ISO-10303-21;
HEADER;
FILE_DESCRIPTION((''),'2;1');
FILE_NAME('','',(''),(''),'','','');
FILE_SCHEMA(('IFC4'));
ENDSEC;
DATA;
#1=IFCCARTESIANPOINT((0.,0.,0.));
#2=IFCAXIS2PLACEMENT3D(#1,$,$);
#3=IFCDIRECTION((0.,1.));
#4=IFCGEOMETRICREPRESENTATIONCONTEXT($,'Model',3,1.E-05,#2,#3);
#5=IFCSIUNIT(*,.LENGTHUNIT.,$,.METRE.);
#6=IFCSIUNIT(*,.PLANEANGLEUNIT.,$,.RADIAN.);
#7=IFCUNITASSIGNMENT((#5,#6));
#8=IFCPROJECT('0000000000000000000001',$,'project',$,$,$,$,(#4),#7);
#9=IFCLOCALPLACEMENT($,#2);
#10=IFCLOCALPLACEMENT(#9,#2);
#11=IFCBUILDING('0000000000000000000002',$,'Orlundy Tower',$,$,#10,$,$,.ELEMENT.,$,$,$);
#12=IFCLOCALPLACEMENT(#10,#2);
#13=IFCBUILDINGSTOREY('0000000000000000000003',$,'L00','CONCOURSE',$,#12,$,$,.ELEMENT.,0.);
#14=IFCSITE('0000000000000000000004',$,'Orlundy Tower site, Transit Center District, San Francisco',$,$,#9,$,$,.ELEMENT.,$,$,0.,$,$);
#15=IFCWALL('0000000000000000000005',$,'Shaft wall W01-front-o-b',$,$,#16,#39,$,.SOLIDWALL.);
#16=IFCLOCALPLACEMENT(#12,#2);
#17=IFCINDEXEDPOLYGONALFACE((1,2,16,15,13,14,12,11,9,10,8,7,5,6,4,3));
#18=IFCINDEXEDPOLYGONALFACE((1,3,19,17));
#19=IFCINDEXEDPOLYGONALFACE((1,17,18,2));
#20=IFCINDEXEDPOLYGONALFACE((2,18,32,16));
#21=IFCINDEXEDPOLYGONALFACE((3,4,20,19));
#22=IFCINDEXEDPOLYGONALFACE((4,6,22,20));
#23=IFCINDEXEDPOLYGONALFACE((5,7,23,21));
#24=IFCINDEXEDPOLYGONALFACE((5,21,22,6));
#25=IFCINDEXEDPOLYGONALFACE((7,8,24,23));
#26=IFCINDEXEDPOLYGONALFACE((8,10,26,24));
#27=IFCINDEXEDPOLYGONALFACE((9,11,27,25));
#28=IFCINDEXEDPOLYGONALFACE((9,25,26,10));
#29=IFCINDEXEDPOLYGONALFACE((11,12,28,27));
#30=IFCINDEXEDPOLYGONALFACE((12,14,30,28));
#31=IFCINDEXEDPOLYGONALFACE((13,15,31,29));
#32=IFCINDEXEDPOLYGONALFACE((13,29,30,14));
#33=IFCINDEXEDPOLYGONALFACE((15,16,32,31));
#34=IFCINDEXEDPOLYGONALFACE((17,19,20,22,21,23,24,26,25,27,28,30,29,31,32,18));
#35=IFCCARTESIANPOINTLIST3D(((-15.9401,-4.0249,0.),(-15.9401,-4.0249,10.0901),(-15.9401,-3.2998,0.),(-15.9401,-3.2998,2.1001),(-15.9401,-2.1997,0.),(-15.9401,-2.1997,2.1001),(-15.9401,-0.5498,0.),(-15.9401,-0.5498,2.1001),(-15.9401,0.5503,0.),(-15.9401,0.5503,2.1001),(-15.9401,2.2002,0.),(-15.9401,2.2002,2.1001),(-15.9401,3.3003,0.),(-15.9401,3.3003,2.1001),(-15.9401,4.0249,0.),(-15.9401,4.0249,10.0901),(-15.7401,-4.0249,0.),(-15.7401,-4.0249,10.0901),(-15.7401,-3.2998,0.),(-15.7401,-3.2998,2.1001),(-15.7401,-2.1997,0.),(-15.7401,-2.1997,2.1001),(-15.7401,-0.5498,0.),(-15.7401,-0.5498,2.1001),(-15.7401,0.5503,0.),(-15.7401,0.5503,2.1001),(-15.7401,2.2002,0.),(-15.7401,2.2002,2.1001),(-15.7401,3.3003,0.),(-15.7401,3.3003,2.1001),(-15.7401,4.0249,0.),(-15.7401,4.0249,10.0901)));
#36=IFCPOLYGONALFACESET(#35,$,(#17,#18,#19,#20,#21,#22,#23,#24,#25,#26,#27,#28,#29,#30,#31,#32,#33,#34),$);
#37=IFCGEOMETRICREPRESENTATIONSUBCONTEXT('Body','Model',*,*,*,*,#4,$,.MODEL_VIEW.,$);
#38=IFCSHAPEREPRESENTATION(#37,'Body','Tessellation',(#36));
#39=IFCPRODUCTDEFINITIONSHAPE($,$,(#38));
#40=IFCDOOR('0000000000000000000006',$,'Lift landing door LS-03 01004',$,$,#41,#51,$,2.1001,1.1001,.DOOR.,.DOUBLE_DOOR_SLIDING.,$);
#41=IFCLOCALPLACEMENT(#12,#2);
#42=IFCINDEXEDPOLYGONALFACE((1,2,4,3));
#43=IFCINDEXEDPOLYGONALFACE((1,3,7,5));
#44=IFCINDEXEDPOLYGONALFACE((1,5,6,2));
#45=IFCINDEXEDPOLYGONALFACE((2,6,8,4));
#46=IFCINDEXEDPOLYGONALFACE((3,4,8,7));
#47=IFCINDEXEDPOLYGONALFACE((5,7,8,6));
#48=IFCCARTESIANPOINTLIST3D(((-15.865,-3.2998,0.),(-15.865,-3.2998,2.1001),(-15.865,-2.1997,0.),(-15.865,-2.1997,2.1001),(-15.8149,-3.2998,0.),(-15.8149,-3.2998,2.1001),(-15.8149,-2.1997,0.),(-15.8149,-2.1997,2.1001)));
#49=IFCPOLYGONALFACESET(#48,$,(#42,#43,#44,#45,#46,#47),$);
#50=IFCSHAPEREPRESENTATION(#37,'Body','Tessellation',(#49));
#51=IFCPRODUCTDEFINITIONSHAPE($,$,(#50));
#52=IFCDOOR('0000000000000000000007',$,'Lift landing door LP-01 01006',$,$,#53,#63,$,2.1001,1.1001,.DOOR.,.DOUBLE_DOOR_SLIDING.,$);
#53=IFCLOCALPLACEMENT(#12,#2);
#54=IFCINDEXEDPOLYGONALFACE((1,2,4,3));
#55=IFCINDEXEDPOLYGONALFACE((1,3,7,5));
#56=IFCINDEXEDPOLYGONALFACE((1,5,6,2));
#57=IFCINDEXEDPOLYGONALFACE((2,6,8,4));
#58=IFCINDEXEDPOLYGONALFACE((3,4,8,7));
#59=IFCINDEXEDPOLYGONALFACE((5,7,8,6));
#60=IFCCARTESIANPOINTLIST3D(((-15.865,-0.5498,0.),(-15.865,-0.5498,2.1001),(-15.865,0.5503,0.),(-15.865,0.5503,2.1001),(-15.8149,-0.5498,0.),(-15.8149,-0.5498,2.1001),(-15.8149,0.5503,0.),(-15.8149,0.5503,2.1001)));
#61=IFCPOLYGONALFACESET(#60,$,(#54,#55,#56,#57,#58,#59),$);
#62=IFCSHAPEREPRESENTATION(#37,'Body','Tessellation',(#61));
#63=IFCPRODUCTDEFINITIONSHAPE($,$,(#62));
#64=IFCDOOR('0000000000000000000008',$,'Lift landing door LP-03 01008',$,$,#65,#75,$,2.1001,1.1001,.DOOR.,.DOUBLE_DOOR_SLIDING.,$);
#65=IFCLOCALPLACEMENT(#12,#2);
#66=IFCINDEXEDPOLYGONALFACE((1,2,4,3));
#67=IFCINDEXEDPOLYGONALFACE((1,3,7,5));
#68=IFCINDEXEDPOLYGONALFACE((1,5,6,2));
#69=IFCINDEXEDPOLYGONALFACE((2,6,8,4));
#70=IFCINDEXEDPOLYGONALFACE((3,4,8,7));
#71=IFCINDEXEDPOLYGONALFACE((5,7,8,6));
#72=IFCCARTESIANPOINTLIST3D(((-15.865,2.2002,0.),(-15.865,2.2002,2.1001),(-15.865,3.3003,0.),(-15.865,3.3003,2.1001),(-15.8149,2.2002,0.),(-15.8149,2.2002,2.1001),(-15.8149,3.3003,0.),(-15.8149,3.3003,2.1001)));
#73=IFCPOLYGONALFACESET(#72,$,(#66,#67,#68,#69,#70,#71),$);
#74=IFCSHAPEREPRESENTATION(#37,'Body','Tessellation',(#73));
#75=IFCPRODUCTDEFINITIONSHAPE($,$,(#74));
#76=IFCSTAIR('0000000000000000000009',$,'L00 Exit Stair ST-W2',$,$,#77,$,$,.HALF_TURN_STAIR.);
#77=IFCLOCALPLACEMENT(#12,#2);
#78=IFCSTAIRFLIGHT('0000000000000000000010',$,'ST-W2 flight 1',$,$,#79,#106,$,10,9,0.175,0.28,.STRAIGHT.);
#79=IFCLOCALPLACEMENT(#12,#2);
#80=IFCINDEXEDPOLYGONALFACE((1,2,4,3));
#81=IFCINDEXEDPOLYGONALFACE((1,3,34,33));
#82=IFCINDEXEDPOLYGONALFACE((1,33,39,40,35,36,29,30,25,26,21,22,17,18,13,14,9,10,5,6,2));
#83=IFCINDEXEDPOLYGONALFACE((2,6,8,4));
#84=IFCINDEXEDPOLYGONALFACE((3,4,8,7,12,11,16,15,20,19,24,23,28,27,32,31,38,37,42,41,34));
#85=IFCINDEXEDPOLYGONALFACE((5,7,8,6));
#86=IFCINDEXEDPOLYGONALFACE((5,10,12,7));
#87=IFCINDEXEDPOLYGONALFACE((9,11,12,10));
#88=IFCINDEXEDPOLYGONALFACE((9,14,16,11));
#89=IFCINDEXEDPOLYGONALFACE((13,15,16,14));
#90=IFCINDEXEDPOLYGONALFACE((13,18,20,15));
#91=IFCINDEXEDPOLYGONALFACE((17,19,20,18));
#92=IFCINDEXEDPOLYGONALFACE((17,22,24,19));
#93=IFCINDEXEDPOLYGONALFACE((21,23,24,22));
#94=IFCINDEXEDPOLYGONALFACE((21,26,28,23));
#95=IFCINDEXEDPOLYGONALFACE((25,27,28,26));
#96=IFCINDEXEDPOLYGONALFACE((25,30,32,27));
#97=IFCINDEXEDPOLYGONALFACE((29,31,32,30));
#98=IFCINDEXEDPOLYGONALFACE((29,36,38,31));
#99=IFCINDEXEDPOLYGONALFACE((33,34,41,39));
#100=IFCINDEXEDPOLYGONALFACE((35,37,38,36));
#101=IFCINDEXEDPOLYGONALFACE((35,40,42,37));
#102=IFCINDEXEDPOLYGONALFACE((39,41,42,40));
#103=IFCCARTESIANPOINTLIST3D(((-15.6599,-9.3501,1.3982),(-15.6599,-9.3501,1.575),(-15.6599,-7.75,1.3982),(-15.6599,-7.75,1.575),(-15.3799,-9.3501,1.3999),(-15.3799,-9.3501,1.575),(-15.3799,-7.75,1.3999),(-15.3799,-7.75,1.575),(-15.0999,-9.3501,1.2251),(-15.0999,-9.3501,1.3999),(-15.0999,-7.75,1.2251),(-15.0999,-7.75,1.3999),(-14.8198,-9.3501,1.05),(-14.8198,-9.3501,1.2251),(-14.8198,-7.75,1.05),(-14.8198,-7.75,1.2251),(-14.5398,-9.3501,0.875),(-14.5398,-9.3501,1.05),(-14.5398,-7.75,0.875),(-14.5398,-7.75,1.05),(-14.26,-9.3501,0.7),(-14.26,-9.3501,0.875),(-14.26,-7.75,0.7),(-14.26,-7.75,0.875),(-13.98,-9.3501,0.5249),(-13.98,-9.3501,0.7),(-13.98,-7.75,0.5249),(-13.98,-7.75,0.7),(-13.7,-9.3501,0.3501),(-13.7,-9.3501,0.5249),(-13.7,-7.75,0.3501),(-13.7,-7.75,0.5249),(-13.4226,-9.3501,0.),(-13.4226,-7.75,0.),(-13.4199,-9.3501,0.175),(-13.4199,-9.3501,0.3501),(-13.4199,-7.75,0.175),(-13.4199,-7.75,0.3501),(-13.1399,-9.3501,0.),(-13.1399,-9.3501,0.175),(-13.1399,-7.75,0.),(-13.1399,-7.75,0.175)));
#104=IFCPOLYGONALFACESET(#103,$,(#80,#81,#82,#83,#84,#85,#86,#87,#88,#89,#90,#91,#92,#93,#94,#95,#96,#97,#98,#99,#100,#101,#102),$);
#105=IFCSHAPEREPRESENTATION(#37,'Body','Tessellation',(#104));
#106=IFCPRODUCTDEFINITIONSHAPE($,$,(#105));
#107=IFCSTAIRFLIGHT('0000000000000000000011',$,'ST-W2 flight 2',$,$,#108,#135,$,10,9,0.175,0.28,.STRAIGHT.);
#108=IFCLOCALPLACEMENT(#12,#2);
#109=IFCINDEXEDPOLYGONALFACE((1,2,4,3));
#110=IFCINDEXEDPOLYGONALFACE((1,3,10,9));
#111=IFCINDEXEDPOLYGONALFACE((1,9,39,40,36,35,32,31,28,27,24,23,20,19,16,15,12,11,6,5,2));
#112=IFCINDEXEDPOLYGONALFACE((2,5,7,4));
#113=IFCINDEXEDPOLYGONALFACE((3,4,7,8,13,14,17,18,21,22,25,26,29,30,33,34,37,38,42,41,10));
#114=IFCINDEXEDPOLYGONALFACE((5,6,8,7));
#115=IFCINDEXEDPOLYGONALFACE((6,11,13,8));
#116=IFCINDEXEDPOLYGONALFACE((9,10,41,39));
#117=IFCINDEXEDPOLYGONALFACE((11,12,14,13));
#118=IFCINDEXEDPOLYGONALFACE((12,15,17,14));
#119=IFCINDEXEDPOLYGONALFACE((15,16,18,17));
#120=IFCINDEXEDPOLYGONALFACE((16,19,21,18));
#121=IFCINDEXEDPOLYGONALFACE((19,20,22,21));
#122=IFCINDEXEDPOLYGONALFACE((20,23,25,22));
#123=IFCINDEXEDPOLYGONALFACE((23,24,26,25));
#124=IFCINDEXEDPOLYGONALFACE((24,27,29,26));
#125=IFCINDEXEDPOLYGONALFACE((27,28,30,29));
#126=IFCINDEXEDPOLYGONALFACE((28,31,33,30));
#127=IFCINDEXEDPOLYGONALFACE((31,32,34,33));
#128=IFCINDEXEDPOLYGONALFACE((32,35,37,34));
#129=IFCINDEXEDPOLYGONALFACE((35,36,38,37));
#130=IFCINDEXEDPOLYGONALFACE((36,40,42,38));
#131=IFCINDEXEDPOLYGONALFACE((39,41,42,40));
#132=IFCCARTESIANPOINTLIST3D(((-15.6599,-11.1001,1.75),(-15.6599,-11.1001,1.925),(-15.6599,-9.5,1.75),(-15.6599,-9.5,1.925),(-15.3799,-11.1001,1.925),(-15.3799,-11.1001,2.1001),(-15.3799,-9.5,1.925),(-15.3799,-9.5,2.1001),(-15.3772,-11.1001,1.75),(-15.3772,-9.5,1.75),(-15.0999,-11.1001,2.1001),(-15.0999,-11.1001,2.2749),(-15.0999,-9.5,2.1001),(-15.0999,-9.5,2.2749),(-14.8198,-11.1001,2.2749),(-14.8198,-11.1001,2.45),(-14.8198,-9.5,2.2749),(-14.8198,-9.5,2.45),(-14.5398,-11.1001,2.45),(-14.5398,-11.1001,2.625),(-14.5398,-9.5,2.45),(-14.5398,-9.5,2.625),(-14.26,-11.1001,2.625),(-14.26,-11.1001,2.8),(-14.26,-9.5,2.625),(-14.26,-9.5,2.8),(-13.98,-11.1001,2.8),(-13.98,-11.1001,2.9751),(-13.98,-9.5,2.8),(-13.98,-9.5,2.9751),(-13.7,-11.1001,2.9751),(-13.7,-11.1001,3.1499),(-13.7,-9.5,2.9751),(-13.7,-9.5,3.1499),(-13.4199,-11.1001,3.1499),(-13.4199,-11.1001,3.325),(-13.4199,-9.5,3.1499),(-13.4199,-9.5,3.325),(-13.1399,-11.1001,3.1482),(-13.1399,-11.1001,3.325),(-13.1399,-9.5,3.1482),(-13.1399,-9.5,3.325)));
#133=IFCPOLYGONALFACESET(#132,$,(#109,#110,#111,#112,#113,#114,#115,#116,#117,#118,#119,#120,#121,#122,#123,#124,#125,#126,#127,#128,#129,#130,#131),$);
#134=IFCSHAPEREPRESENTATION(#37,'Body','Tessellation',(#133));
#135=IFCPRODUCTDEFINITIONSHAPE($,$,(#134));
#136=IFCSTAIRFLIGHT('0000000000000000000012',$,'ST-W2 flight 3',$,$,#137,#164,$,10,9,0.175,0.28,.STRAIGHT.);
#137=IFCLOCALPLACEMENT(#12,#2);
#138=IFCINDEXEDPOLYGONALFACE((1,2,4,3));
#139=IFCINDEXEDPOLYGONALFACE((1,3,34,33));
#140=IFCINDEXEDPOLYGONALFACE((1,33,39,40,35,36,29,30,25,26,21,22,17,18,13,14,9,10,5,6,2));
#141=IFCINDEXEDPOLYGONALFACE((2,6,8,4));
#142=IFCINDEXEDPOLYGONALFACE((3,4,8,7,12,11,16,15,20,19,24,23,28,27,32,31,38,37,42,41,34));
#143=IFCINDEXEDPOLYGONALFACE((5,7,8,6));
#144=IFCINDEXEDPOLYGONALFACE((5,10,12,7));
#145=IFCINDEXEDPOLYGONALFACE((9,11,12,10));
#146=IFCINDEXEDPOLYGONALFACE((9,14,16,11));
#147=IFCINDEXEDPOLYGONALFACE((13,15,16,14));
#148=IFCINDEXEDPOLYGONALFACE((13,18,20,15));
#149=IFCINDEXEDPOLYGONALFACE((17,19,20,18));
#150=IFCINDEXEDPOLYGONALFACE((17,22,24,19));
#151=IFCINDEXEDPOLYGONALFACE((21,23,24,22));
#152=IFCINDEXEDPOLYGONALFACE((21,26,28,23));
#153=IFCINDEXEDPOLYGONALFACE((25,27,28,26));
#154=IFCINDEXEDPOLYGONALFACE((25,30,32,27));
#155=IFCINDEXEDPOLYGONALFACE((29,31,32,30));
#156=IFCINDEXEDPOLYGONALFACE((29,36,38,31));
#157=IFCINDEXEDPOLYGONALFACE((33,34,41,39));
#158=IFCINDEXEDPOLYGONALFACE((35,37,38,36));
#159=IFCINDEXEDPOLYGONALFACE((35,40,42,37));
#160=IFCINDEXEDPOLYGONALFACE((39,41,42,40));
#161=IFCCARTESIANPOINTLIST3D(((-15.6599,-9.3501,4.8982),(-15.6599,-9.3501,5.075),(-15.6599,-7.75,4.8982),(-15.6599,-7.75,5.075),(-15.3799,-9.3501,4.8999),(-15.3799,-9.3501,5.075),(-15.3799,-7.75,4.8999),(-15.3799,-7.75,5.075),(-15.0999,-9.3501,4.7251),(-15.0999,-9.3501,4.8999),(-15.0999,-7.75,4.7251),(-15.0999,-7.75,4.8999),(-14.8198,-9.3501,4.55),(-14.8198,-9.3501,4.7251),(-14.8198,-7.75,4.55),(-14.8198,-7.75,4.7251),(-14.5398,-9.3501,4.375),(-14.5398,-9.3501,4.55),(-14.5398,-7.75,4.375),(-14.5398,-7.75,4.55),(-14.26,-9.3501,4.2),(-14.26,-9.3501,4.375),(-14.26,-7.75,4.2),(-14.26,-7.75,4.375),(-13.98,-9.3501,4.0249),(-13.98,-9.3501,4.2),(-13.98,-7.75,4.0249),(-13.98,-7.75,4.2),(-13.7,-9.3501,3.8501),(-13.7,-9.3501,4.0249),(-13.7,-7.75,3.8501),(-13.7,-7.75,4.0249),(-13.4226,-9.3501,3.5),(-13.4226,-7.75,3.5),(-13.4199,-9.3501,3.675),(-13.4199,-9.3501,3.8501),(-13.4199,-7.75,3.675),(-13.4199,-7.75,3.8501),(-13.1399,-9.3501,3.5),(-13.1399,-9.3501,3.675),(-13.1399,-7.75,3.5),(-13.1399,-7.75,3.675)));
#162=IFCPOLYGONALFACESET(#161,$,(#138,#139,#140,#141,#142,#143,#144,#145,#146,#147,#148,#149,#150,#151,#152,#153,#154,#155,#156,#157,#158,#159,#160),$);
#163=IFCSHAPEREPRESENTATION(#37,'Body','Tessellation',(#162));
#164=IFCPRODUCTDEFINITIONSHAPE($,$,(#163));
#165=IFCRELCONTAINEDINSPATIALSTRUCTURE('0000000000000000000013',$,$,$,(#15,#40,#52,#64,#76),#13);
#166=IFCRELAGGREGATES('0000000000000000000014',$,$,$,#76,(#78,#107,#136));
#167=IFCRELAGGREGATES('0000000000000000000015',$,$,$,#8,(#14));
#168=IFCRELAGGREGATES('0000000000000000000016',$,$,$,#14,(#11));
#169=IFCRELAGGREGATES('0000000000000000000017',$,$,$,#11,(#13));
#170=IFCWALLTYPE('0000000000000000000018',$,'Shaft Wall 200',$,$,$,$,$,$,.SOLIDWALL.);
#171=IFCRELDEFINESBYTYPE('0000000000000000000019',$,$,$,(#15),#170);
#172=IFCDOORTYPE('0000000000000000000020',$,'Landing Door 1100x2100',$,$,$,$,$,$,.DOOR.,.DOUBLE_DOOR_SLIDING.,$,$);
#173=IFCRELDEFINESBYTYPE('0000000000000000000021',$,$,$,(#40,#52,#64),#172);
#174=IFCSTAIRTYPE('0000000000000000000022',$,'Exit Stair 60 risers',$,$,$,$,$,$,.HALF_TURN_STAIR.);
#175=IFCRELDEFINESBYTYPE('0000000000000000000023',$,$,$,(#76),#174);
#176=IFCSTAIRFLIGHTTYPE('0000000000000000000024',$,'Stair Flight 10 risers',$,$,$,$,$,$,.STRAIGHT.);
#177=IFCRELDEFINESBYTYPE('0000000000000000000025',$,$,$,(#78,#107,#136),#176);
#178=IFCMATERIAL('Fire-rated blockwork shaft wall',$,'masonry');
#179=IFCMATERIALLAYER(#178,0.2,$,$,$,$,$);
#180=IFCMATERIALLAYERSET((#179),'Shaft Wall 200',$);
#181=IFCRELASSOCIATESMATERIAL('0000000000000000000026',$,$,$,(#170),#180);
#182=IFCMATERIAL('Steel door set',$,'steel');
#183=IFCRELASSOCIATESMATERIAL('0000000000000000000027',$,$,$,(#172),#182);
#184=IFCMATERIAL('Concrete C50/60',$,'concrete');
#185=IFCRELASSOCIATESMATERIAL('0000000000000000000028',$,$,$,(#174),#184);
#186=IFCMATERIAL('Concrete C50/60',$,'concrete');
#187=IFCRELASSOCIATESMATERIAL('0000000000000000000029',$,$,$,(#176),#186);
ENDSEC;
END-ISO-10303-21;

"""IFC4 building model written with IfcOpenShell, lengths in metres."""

from ifc_helpers import new_model, si_unit, direction, frame, frame_2d, origin, place, context, subcontext, project, spatial, polyline, rectangle, outline, extrude, material, layer, layer_set, type_object, element, fill, aggregate, save


model = new_model("IFC4")

# Units and contexts
model_context = context("Model", 3, precision=1e-05, world=origin(), true_north=direction((0.0, 1.0)))
body_context = subcontext(model_context, "Body", "Model", "MODEL_VIEW")
ifc_project = project(units=[si_unit("LENGTHUNIT", "METRE"), si_unit("PLANEANGLEUNIT", "RADIAN")], contexts=[model_context])

# Site, building, storey
site_placement = place(None, origin())
site = spatial("IfcSite", under=ifc_project, at=site_placement, Name="Orlundy Tower site, Transit Center District, San Francisco", CompositionType="ELEMENT", RefElevation=0.0)
building_placement = place(site_placement, origin())
building = spatial("IfcBuilding", under=site, at=building_placement, Name="Orlundy Tower", CompositionType="ELEMENT")
storey_placement = place(building_placement, origin())
storey = spatial("IfcBuildingStorey", under=building, at=storey_placement, Name="L00", Description="CONCOURSE", CompositionType="ELEMENT", Elevation=0.0)

# Shared definitions
ifc_material_1 = material(Name="Fire-rated blockwork shaft wall", Category="masonry")
ifc_layer_1 = layer(ifc_material_1, 0.2)
ifc_layer_set_1 = layer_set([ifc_layer_1], Name="Shaft Wall 200")
wall_type_1 = type_object("IfcWallType", Name="Shaft Wall 200", PredefinedType="SOLIDWALL", material=ifc_layer_set_1)

# Shared definitions
ifc_material_2 = material(Name="Steel door set", Category="steel")
door_type_1 = type_object("IfcDoorType", Name="Landing Door 1100x2100", OperationType="DOUBLE_DOOR_SLIDING", PredefinedType="DOOR", material=ifc_material_2)

# Wall, openings, doors
wall_1_placement = place(storey_placement, frame((-15.8401, -4.0249, 0.0), z_axis=(0.0, 0.0, 1.0), x_axis=(0.0, 1.0, 0.0)))
wall_1 = element("IfcWall", 1, at=wall_1_placement, inside=storey, type_object=wall_type_1, Name="Shaft wall W01-front-o-b", PredefinedType="SOLIDWALL", context=body_context, shape_type="SweptSolid", body=[
    extrude(rectangle(XDim=8.0498, YDim=0.2, at=frame_2d((4.0249, 0.0))), origin(), (0.0, 0.0, 1.0), 10.0901),
])
opening_1_placement = place(wall_1_placement, frame((0.7251, 0.0, 0.0)))
opening_1 = element("IfcOpeningElement", 2, at=opening_1_placement, cuts=wall_1, PredefinedType="OPENING", context=body_context, shape_type="SweptSolid", body=[
    extrude(rectangle(XDim=1.1001, YDim=2.1001, at=frame_2d((0.55, 1.05))), frame((0.0, 0.1101, 0.0), z_axis=(0.0, -1.0, 0.0), x_axis=(1.0, 0.0, 0.0)), (0.0, 0.0, 1.0), 0.2202),
])
opening_2_placement = place(wall_1_placement, frame((3.4751, 0.0, 0.0)))
opening_2 = element("IfcOpeningElement", 3, at=opening_2_placement, cuts=wall_1, PredefinedType="OPENING", context=body_context, shape_type="SweptSolid", body=[
    extrude(rectangle(XDim=1.1001, YDim=2.1001, at=frame_2d((0.55, 1.05))), frame((0.0, 0.1101, 0.0), z_axis=(0.0, -1.0, 0.0), x_axis=(1.0, 0.0, 0.0)), (0.0, 0.0, 1.0), 0.2202),
])
opening_3_placement = place(wall_1_placement, frame((6.2251, 0.0, 0.0)))
opening_3 = element("IfcOpeningElement", 4, at=opening_3_placement, cuts=wall_1, PredefinedType="OPENING", context=body_context, shape_type="SweptSolid", body=[
    extrude(rectangle(XDim=1.1001, YDim=2.1001, at=frame_2d((0.55, 1.05))), frame((0.0, 0.1101, 0.0), z_axis=(0.0, -1.0, 0.0), x_axis=(1.0, 0.0, 0.0)), (0.0, 0.0, 1.0), 0.2202),
])
door_1_placement = place(opening_1_placement, origin())
door_1 = element("IfcDoor", 5, at=door_1_placement, inside=storey, type_object=door_type_1, Name="Lift landing door LS-03 01004", OperationType="DOUBLE_DOOR_SLIDING", OverallHeight=2.1001, OverallWidth=1.1001, PredefinedType="DOOR", context=body_context, shape_type="SweptSolid", body=[
    extrude(rectangle(XDim=1.1001, YDim=2.1001, at=frame_2d((0.55, 1.05))), frame((0.0, 0.0249, 0.0), z_axis=(0.0, -1.0, 0.0), x_axis=(1.0, 0.0, 0.0)), (0.0, 0.0, 1.0), 0.05),
])
fill(opening_1, door_1)
door_2_placement = place(opening_2_placement, origin())
door_2 = element("IfcDoor", 6, at=door_2_placement, inside=storey, type_object=door_type_1, Name="Lift landing door LP-01 01006", OperationType="DOUBLE_DOOR_SLIDING", OverallHeight=2.1001, OverallWidth=1.1001, PredefinedType="DOOR", context=body_context, shape_type="SweptSolid", body=[
    extrude(rectangle(XDim=1.1001, YDim=2.1001, at=frame_2d((0.55, 1.05))), frame((0.0, 0.0249, 0.0), z_axis=(0.0, -1.0, 0.0), x_axis=(1.0, 0.0, 0.0)), (0.0, 0.0, 1.0), 0.05),
])
fill(opening_2, door_2)
door_3_placement = place(opening_3_placement, origin())
door_3 = element("IfcDoor", 7, at=door_3_placement, inside=storey, type_object=door_type_1, Name="Lift landing door LP-03 01008", OperationType="DOUBLE_DOOR_SLIDING", OverallHeight=2.1001, OverallWidth=1.1001, PredefinedType="DOOR", context=body_context, shape_type="SweptSolid", body=[
    extrude(rectangle(XDim=1.1001, YDim=2.1001, at=frame_2d((0.55, 1.05))), frame((0.0, 0.0249, 0.0), z_axis=(0.0, -1.0, 0.0), x_axis=(1.0, 0.0, 0.0)), (0.0, 0.0, 1.0), 0.05),
])
fill(opening_3, door_3)

# Stair, stair flights
ifc_material_3 = material(Name="Concrete C50/60", Category="concrete")
stair_type = type_object("IfcStairType", Name="Exit Stair 60 risers", PredefinedType="HALF_TURN_STAIR", material=ifc_material_3)
stair_placement = place(storey_placement, origin())
stair = element("IfcStair", 8, at=stair_placement, inside=storey, type_object=stair_type, Name="L00 Exit Stair ST-W2", PredefinedType="HALF_TURN_STAIR")
ifc_material_4 = material(Name="Concrete C50/60", Category="concrete")
stair_flight_type = type_object("IfcStairFlightType", Name="Stair Flight 10 risers", PredefinedType="STRAIGHT", material=ifc_material_4)
stair_flight_1_placement = place(storey_placement, frame((-13.1399, -8.55, 0.0), z_axis=(0.0, 0.0, 1.0), x_axis=(-1.0, 0.0, 0.0)))
stair_flight_1 = element("IfcStairFlight", 9, at=stair_flight_1_placement, type_object=stair_flight_type, Name="ST-W2 flight 1", NumberOfRisers=10, NumberOfTreads=9, PredefinedType="STRAIGHT", RiserHeight=0.175, TreadLength=0.28, context=body_context, shape_type="SweptSolid", body=[
    extrude(outline(polyline([(0.0, 0.0), (0.0, 0.175), (0.28, 0.175), (0.28, 0.3501), (0.5601, 0.3501), (0.5601, 0.5249), (0.8401, 0.5249), (0.8401, 0.7), (1.1201, 0.7), (1.1201, 0.875), (1.3999, 0.875), (1.3999, 1.05), (1.6799, 1.05), (1.6799, 1.2251), (1.96, 1.2251), (1.96, 1.3999), (2.24, 1.3999), (2.24, 1.575), (2.52, 1.575), (2.52, 1.75), (2.52, 1.3982), (0.2827, 0.0), (0.0, 0.0)])), frame((0.0, 0.8, 0.0), z_axis=(0.0, -1.0, 0.0), x_axis=(1.0, 0.0, 0.0)), (0.0, 0.0, 1.0), 1.6001),
])
stair_flight_2_placement = place(storey_placement, frame((-15.6599, -10.3, 1.75), z_axis=(0.0, 0.0, 1.0), x_axis=(1.0, 0.0, 0.0)))
stair_flight_2 = element("IfcStairFlight", 10, at=stair_flight_2_placement, type_object=stair_flight_type, Name="ST-W2 flight 2", NumberOfRisers=10, NumberOfTreads=9, PredefinedType="STRAIGHT", RiserHeight=0.175, TreadLength=0.28, context=body_context, shape_type="SweptSolid", body=[
    extrude(outline(polyline([(0.0, 0.0), (0.0, 0.175), (0.28, 0.175), (0.28, 0.3501), (0.5601, 0.3501), (0.5601, 0.5249), (0.8401, 0.5249), (0.8401, 0.7), (1.1201, 0.7), (1.1201, 0.875), (1.3999, 0.875), (1.3999, 1.05), (1.6799, 1.05), (1.6799, 1.2251), (1.96, 1.2251), (1.96, 1.3999), (2.24, 1.3999), (2.24, 1.575), (2.52, 1.575), (2.52, 1.75), (2.52, 1.3982), (0.2827, 0.0), (0.0, 0.0)])), frame((0.0, 0.8, 0.0), z_axis=(0.0, -1.0, 0.0), x_axis=(1.0, 0.0, 0.0)), (0.0, 0.0, 1.0), 1.6001),
])
stair_flight_3_placement = place(storey_placement, frame((-13.1399, -8.55, 3.5), z_axis=(0.0, 0.0, 1.0), x_axis=(-1.0, 0.0, 0.0)))
stair_flight_3 = element("IfcStairFlight", 11, at=stair_flight_3_placement, type_object=stair_flight_type, Name="ST-W2 flight 3", NumberOfRisers=10, NumberOfTreads=9, PredefinedType="STRAIGHT", RiserHeight=0.175, TreadLength=0.28, context=body_context, shape_type="SweptSolid", body=[
    extrude(outline(polyline([(0.0, 0.0), (0.0, 0.175), (0.28, 0.175), (0.28, 0.3501), (0.5601, 0.3501), (0.5601, 0.5249), (0.8401, 0.5249), (0.8401, 0.7), (1.1201, 0.7), (1.1201, 0.875), (1.3999, 0.875), (1.3999, 1.05), (1.6799, 1.05), (1.6799, 1.2251), (1.96, 1.2251), (1.96, 1.3999), (2.24, 1.3999), (2.24, 1.575), (2.52, 1.575), (2.52, 1.75), (2.52, 1.3982), (0.2827, 0.0), (0.0, 0.0)])), frame((0.0, 0.8, 0.0), z_axis=(0.0, -1.0, 0.0), x_axis=(1.0, 0.0, 0.0)), (0.0, 0.0, 1.0), 1.6001),
])
aggregate(stair, [stair_flight_1, stair_flight_2, stair_flight_3])

save(model, "model.ifc")
